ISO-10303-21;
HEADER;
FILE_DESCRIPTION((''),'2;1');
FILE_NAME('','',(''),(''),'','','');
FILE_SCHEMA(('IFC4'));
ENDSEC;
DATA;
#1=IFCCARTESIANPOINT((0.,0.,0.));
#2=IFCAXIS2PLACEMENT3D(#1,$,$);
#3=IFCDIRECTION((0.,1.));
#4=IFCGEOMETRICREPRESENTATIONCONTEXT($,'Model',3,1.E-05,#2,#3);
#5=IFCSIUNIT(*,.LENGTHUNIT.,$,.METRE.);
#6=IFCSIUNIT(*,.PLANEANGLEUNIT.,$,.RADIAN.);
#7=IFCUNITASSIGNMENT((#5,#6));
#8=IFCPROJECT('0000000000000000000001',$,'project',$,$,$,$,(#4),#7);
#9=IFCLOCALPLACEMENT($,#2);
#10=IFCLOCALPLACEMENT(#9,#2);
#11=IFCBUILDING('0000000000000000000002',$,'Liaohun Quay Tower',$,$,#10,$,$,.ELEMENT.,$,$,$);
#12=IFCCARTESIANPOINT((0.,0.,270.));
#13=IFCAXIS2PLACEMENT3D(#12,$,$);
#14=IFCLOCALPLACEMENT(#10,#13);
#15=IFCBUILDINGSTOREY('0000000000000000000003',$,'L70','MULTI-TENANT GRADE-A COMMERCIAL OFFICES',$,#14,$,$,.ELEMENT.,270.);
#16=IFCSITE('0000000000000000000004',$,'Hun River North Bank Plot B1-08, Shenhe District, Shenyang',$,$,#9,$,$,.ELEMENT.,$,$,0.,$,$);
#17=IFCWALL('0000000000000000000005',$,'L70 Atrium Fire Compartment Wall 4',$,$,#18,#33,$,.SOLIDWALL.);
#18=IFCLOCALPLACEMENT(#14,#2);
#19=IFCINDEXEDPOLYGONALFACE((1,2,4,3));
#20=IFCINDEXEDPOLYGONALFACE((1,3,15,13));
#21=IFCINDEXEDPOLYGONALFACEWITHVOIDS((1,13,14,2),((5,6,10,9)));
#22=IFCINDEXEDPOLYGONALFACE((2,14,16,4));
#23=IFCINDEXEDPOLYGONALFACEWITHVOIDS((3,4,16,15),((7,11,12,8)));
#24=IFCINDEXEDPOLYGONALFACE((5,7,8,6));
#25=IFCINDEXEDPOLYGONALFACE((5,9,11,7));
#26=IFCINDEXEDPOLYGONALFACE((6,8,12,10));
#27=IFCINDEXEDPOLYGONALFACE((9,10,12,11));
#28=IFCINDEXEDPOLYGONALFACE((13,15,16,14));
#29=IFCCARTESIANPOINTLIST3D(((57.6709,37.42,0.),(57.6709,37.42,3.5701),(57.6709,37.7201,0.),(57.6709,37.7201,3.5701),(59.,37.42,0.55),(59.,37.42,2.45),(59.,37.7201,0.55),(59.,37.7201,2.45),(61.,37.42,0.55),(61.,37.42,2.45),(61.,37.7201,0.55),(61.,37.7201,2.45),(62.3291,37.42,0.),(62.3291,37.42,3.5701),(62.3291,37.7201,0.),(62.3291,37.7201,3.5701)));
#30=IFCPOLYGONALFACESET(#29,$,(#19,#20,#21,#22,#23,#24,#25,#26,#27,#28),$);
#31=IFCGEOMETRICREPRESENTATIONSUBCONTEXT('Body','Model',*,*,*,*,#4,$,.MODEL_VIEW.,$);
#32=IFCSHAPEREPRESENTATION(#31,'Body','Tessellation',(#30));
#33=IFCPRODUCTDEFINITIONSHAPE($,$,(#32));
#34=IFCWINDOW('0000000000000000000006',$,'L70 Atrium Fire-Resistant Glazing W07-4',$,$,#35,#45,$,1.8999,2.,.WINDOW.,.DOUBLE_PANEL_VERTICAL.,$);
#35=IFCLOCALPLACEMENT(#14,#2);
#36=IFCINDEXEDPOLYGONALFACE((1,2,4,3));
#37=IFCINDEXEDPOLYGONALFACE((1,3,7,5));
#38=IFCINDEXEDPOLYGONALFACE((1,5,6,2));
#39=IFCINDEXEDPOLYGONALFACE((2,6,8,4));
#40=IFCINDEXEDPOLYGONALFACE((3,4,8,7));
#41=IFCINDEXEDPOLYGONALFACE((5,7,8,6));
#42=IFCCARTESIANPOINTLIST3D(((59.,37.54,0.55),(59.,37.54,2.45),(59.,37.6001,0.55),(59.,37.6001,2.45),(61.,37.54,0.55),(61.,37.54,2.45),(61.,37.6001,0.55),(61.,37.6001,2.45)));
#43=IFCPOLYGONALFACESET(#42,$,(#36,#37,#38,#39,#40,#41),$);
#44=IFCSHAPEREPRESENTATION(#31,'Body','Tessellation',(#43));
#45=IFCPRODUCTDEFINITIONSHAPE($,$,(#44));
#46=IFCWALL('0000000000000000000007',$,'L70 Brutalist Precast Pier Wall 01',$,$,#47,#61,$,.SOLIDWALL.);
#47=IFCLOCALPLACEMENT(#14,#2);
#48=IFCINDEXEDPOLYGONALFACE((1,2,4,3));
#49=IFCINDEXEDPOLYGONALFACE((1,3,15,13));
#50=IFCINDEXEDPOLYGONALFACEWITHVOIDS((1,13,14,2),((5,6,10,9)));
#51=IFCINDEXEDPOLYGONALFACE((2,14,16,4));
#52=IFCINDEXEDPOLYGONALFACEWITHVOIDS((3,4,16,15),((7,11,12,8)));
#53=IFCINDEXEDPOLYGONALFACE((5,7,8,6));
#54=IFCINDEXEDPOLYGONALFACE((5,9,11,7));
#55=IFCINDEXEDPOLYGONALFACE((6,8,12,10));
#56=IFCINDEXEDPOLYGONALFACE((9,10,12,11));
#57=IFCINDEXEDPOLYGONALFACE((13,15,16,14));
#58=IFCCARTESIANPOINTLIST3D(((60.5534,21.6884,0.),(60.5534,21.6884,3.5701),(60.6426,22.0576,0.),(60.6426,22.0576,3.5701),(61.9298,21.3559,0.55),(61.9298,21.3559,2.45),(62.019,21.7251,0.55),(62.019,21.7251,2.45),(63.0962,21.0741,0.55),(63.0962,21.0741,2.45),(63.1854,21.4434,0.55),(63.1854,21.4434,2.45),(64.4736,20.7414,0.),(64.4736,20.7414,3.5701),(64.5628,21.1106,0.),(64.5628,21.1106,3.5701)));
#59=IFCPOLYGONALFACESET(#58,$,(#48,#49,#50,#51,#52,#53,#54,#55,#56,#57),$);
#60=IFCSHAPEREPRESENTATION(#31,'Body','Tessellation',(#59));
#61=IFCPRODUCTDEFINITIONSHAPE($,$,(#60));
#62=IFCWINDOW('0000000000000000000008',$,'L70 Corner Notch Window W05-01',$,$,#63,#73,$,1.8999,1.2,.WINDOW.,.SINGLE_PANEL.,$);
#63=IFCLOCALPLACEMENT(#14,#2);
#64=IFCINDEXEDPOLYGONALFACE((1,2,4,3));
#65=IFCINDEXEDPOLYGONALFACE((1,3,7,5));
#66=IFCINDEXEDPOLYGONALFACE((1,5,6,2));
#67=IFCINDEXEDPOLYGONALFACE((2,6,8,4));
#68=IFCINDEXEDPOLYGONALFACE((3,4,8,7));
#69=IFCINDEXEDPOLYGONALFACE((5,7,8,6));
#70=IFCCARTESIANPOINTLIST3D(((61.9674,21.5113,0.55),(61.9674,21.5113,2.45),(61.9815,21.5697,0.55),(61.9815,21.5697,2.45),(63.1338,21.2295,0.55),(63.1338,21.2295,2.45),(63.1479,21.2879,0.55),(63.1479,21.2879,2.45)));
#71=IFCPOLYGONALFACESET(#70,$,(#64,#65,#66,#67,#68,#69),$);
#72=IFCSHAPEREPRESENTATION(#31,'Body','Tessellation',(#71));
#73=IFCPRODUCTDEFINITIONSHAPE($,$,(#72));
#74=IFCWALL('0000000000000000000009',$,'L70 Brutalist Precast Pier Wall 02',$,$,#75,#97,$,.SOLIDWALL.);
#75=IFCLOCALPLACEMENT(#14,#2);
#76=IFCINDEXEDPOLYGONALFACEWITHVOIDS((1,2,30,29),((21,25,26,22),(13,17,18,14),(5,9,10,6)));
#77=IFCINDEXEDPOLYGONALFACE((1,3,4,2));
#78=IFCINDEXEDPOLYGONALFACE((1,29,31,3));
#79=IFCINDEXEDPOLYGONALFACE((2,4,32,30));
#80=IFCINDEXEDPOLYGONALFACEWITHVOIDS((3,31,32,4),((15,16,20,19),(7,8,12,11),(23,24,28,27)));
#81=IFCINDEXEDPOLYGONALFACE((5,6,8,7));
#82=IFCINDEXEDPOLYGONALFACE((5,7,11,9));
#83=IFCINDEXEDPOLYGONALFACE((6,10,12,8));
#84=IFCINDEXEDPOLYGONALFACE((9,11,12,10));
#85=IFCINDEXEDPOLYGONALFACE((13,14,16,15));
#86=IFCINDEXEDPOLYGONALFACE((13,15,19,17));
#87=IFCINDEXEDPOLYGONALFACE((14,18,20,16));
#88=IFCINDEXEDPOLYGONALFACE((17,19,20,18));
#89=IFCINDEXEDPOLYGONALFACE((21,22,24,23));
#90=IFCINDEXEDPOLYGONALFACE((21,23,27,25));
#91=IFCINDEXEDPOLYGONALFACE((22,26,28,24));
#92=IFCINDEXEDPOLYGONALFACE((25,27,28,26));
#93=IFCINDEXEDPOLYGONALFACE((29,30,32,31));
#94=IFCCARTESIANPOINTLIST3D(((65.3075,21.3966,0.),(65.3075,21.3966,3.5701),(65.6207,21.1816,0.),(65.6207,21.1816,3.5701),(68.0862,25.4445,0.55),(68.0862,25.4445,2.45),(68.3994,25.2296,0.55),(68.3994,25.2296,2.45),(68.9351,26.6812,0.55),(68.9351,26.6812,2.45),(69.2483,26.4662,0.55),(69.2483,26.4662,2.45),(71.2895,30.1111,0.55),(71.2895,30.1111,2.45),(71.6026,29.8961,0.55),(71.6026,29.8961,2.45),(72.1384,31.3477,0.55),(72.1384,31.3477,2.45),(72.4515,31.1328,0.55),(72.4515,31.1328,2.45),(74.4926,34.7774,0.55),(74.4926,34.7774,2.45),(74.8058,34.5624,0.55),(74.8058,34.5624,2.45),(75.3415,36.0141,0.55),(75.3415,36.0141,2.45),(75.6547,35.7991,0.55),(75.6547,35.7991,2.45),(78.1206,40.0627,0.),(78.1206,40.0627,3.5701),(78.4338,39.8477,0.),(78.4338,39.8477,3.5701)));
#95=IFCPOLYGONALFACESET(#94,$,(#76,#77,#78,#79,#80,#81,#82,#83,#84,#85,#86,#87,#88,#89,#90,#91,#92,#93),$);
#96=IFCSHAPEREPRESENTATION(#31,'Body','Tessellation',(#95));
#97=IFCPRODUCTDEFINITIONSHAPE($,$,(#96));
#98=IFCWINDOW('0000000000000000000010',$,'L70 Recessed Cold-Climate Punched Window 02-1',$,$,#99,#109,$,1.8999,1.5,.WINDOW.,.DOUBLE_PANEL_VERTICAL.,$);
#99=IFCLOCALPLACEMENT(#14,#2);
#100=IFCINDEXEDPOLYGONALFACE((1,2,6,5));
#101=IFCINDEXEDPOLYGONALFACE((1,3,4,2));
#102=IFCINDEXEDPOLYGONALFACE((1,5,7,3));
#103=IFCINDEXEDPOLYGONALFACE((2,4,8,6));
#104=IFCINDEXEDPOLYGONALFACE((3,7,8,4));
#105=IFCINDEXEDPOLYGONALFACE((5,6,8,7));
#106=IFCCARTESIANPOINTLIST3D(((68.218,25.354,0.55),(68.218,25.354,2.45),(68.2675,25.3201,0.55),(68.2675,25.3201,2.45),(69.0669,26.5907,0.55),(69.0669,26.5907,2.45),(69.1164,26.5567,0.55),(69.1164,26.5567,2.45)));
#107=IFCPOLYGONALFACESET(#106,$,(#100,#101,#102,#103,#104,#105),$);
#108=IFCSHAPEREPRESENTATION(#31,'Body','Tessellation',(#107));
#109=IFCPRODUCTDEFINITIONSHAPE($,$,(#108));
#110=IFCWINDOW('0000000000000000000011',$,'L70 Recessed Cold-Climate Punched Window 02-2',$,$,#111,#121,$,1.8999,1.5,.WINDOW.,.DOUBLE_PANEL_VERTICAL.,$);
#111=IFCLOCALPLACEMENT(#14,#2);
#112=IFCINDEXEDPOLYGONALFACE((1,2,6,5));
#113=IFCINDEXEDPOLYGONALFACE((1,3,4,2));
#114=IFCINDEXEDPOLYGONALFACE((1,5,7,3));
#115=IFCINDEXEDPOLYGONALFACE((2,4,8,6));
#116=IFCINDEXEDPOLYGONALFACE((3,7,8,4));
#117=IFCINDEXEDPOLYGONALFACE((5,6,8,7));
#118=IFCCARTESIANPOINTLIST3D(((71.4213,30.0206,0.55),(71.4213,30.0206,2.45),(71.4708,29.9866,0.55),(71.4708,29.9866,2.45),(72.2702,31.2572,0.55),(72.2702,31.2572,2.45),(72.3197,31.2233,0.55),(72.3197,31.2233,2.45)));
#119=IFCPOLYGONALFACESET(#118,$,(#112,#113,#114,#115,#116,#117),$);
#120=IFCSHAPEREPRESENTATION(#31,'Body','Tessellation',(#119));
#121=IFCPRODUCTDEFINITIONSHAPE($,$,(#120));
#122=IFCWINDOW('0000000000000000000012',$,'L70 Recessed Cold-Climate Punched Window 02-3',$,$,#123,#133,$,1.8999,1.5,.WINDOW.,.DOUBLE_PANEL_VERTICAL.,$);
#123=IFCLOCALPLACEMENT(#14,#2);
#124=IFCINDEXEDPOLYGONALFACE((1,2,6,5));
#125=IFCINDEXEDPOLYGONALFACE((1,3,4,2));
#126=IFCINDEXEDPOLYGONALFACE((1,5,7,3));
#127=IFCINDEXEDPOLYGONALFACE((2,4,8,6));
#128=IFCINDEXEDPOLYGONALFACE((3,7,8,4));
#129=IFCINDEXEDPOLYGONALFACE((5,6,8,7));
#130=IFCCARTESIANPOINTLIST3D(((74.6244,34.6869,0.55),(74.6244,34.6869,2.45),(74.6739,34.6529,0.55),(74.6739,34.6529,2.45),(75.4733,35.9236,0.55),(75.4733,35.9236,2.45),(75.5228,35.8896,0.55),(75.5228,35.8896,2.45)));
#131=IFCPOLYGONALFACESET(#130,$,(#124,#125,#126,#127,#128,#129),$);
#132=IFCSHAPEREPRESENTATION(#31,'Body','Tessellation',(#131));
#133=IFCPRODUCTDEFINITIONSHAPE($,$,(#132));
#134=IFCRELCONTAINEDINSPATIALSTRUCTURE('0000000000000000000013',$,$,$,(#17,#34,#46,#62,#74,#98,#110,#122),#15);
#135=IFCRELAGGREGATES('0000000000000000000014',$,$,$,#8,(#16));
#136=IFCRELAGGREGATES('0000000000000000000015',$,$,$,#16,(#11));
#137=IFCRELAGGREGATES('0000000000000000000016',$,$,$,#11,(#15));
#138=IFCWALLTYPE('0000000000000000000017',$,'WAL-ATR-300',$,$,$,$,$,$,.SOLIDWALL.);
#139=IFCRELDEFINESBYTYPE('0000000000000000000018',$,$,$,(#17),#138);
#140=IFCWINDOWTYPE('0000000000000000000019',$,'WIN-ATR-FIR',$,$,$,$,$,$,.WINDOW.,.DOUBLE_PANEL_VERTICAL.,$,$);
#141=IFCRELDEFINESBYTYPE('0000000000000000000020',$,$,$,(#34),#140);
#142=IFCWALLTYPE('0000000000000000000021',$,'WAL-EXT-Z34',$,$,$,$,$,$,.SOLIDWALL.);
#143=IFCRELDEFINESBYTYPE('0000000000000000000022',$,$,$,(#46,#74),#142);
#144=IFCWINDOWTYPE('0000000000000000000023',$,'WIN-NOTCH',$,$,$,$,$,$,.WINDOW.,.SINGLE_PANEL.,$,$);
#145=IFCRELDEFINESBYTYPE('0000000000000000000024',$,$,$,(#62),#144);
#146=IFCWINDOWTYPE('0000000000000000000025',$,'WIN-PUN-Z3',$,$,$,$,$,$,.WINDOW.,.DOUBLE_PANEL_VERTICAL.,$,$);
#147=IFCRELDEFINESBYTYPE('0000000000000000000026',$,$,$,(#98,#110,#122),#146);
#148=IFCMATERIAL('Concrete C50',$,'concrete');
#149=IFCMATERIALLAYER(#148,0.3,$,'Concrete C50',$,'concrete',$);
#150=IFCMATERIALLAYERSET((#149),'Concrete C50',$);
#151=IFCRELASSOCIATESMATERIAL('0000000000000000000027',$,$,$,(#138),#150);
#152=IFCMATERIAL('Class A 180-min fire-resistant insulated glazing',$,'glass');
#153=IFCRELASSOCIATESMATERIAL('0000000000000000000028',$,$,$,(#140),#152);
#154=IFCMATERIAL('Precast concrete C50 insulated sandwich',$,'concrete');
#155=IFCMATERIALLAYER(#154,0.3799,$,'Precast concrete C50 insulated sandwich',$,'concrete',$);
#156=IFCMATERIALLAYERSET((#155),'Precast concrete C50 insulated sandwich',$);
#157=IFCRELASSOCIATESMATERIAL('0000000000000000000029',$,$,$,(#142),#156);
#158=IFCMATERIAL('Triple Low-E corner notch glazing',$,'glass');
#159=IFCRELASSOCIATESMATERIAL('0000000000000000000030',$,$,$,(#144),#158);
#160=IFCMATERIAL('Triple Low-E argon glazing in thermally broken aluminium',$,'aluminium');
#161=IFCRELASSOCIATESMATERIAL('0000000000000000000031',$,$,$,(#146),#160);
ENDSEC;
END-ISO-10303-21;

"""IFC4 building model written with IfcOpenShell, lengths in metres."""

from ifc_helpers import new_model, si_unit, direction, frame, frame_2d, origin, place, context, subcontext, project, spatial, rectangle, extrude, source, transform, mapped, material, layer, layer_set, type_object, element, fill, save


model = new_model("IFC4")

# Units and contexts
model_context = context("Model", 3, precision=1e-05, world=origin(), true_north=direction((0.0, 1.0)))
body_context = subcontext(model_context, "Body", "Model", "MODEL_VIEW")
ifc_project = project(units=[si_unit("LENGTHUNIT", "METRE"), si_unit("PLANEANGLEUNIT", "RADIAN")], contexts=[model_context])

# Site, building, storey
site_placement = place(None, origin())
site = spatial("IfcSite", under=ifc_project, at=site_placement, Name="Hun River North Bank Plot B1-08, Shenhe District, Shenyang", CompositionType="ELEMENT", RefElevation=0.0)
building_placement = place(site_placement, origin())
building = spatial("IfcBuilding", under=site, at=building_placement, Name="Liaohun Quay Tower", CompositionType="ELEMENT")
storey_placement = place(building_placement, frame((0.0, 0.0, 270.0)))
storey = spatial("IfcBuildingStorey", under=building, at=storey_placement, Name="L70", Description="MULTI-TENANT GRADE-A COMMERCIAL OFFICES", CompositionType="ELEMENT", Elevation=270.0)

# Walls, openings, windows
ifc_material_1 = material(Name="Concrete C50", Category="concrete")
ifc_layer_1 = layer(ifc_material_1, 0.3, Name="Concrete C50", Category="concrete")
ifc_layer_set_1 = layer_set([ifc_layer_1], Name="Concrete C50")
wall_type_1 = type_object("IfcWallType", Name="WAL-ATR-300", PredefinedType="SOLIDWALL", material=ifc_layer_set_1)
shared_shape_1 = source(origin(), body_context, "Body", "SweptSolid", [
    extrude(rectangle(XDim=2.0, YDim=1.8999, at=frame_2d((1.0, 0.95))), frame((0.0, 0.1599, 0.0), z_axis=(0.0, -1.0, 0.0), x_axis=(1.0, 0.0, 0.0)), (0.0, 0.0, 1.0), 0.3201),
])
ifc_material_2 = material(Name="Class A 180-min fire-resistant insulated glazing", Category="glass")
window_type_1 = type_object("IfcWindowType", Name="WIN-ATR-FIR", PartitioningType="DOUBLE_PANEL_VERTICAL", PredefinedType="WINDOW", material=ifc_material_2)
shared_shape_2 = source(origin(), body_context, "Body", "SweptSolid", [
    extrude(rectangle(XDim=2.0, YDim=1.8999, at=frame_2d((1.0, 0.95))), frame((0.0, 0.03, 0.0), z_axis=(0.0, -1.0, 0.0), x_axis=(1.0, 0.0, 0.0)), (0.0, 0.0, 1.0), 0.0601),
])
wall_1_placement = place(storey_placement, frame((62.3291, 37.5701, 0.0), z_axis=(0.0, 0.0, 1.0), x_axis=(-1.0, 0.0, 0.0)))
wall_1 = element("IfcWall", 1, at=wall_1_placement, inside=storey, type_object=wall_type_1, Name="L70 Atrium Fire Compartment Wall 4", PredefinedType="SOLIDWALL", context=body_context, shape_type="SweptSolid", body=[
    extrude(rectangle(XDim=4.6582, YDim=0.3, at=frame_2d((2.3291, 0.0))), origin(), (0.0, 0.0, 1.0), 3.5701),
])
opening_1_placement = place(wall_1_placement, frame((1.3291, 0.0, 0.55)))
opening_1 = element("IfcOpeningElement", 2, at=opening_1_placement, cuts=wall_1, PredefinedType="OPENING", context=body_context, shape_type="MappedRepresentation", body=[
    mapped(shared_shape_1, transform((0.0, 0.0, 0.0), x_axis=(1.0, 0.0, 0.0), y_axis=(0.0, 1.0, 0.0), z_axis=(0.0, 0.0, 1.0), scale=1.0)),
])
window_1_placement = place(opening_1_placement, origin())
window_1 = element("IfcWindow", 3, at=window_1_placement, inside=storey, type_object=window_type_1, Name="L70 Atrium Fire-Resistant Glazing W07-4", OverallHeight=1.8999, OverallWidth=2.0, PartitioningType="DOUBLE_PANEL_VERTICAL", PredefinedType="WINDOW", context=body_context, shape_type="MappedRepresentation", body=[
    mapped(shared_shape_2, transform((0.0, 0.0, 0.0), x_axis=(1.0, 0.0, 0.0), y_axis=(0.0, 1.0, 0.0), z_axis=(0.0, 0.0, 1.0), scale=1.0)),
])
fill(opening_1, window_1)
ifc_material_3 = material(Name="Precast concrete C50 insulated sandwich", Category="concrete")
ifc_layer_2 = layer(ifc_material_3, 0.3799, Name="Precast concrete C50 insulated sandwich", Category="concrete")
ifc_layer_set_2 = layer_set([ifc_layer_2], Name="Precast concrete C50 insulated sandwich")
wall_type_2 = type_object("IfcWallType", Name="WAL-EXT-Z34", PredefinedType="SOLIDWALL", material=ifc_layer_set_2)
wall_2_placement = place(storey_placement, frame((60.5979, 21.873, 0.0), z_axis=(0.0, 0.0, 1.0), x_axis=(0.972038, -0.234822, 0.0)))
wall_2 = element("IfcWall", 4, at=wall_2_placement, inside=storey, type_object=wall_type_2, Name="L70 Brutalist Precast Pier Wall 01", PredefinedType="SOLIDWALL", context=body_context, shape_type="SweptSolid", body=[
    extrude(rectangle(XDim=4.033, YDim=0.3799, at=frame_2d((2.0166, 0.0))), origin(), (0.0, 0.0, 1.0), 3.5701),
])
shared_shape_3 = source(origin(), body_context, "Body", "SweptSolid", [
    extrude(rectangle(XDim=1.2, YDim=1.8999, at=frame_2d((0.6001, 0.95))), frame((0.0, 0.2, 0.0), z_axis=(0.0, -1.0, 0.0), x_axis=(1.0, 0.0, 0.0)), (0.0, 0.0, 1.0), 0.3999),
])
opening_2_placement = place(wall_2_placement, frame((1.416, 0.0, 0.55)))
opening_2 = element("IfcOpeningElement", 5, at=opening_2_placement, cuts=wall_2, PredefinedType="OPENING", context=body_context, shape_type="MappedRepresentation", body=[
    mapped(shared_shape_3, transform((0.0, 0.0, 0.0), x_axis=(1.0, 0.0, 0.0), y_axis=(0.0, 1.0, 0.0), z_axis=(0.0, 0.0, 1.0), scale=1.0)),
])
ifc_material_4 = material(Name="Triple Low-E corner notch glazing", Category="glass")
window_type_2 = type_object("IfcWindowType", Name="WIN-NOTCH", PartitioningType="SINGLE_PANEL", PredefinedType="WINDOW", material=ifc_material_4)
shared_shape_4 = source(origin(), body_context, "Body", "SweptSolid", [
    extrude(rectangle(XDim=1.2, YDim=1.8999, at=frame_2d((0.6001, 0.95))), frame((0.0, 0.03, 0.0), z_axis=(0.0, -1.0, 0.0), x_axis=(1.0, 0.0, 0.0)), (0.0, 0.0, 1.0), 0.0601),
])
window_2_placement = place(opening_2_placement, origin())
window_2 = element("IfcWindow", 6, at=window_2_placement, inside=storey, type_object=window_type_2, Name="L70 Corner Notch Window W05-01", OverallHeight=1.8999, OverallWidth=1.2, PartitioningType="SINGLE_PANEL", PredefinedType="WINDOW", context=body_context, shape_type="MappedRepresentation", body=[
    mapped(shared_shape_4, transform((0.0, 0.0, 0.0), x_axis=(1.0, 0.0, 0.0), y_axis=(0.0, 1.0, 0.0), z_axis=(0.0, 0.0, 1.0), scale=1.0)),
])
fill(opening_2, window_2)

# Wall, openings, windows
wall_3_placement = place(storey_placement, frame((65.4641, 21.2891, 0.0), z_axis=(0.0, 0.0, 1.0), x_axis=(0.565932, 0.824452, 0.0)))
wall_3 = element("IfcWall", 7, at=wall_3_placement, inside=storey, type_object=wall_type_2, Name="L70 Brutalist Precast Pier Wall 02", PredefinedType="SOLIDWALL", context=body_context, shape_type="SweptSolid", body=[
    extrude(rectangle(XDim=22.6406, YDim=0.3799, at=frame_2d((11.3203, 0.0))), origin(), (0.0, 0.0, 1.0), 3.5701),
])
shared_shape_5 = source(origin(), body_context, "Body", "SweptSolid", [
    extrude(rectangle(XDim=1.5, YDim=1.8999, at=frame_2d((0.75, 0.95))), frame((0.0, 0.2, 0.0), z_axis=(0.0, -1.0, 0.0), x_axis=(1.0, 0.0, 0.0)), (0.0, 0.0, 1.0), 0.3999),
])
opening_3_placement = place(wall_3_placement, frame((4.9099, 0.0, 0.55)))
opening_3 = element("IfcOpeningElement", 8, at=opening_3_placement, cuts=wall_3, PredefinedType="OPENING", context=body_context, shape_type="MappedRepresentation", body=[
    mapped(shared_shape_5, transform((0.0, 0.0, 0.0), x_axis=(1.0, 0.0, 0.0), y_axis=(0.0, 1.0, 0.0), z_axis=(0.0, 0.0, 1.0), scale=1.0)),
])
opening_4_placement = place(wall_3_placement, frame((10.5701, 0.0, 0.55)))
opening_4 = element("IfcOpeningElement", 9, at=opening_4_placement, cuts=wall_3, PredefinedType="OPENING", context=body_context, shape_type="MappedRepresentation", body=[
    mapped(shared_shape_5, transform((0.0, 0.0, 0.0), x_axis=(1.0, 0.0, 0.0), y_axis=(0.0, 1.0, 0.0), z_axis=(0.0, 0.0, 1.0), scale=1.0)),
])
opening_5_placement = place(wall_3_placement, frame((16.23, 0.0, 0.55)))
opening_5 = element("IfcOpeningElement", 10, at=opening_5_placement, cuts=wall_3, PredefinedType="OPENING", context=body_context, shape_type="MappedRepresentation", body=[
    mapped(shared_shape_5, transform((0.0, 0.0, 0.0), x_axis=(1.0, 0.0, 0.0), y_axis=(0.0, 1.0, 0.0), z_axis=(0.0, 0.0, 1.0), scale=1.0)),
])
ifc_material_5 = material(Name="Triple Low-E argon glazing in thermally broken aluminium", Category="aluminium")
window_type_3 = type_object("IfcWindowType", Name="WIN-PUN-Z3", PartitioningType="DOUBLE_PANEL_VERTICAL", PredefinedType="WINDOW", material=ifc_material_5)
shared_shape_6 = source(origin(), body_context, "Body", "SweptSolid", [
    extrude(rectangle(XDim=1.5, YDim=1.8999, at=frame_2d((0.75, 0.95))), frame((0.0, 0.03, 0.0), z_axis=(0.0, -1.0, 0.0), x_axis=(1.0, 0.0, 0.0)), (0.0, 0.0, 1.0), 0.0601),
])
window_3_placement = place(opening_3_placement, origin())
window_3 = element("IfcWindow", 11, at=window_3_placement, inside=storey, type_object=window_type_3, Name="L70 Recessed Cold-Climate Punched Window 02-1", OverallHeight=1.8999, OverallWidth=1.5, PartitioningType="DOUBLE_PANEL_VERTICAL", PredefinedType="WINDOW", context=body_context, shape_type="MappedRepresentation", body=[
    mapped(shared_shape_6, transform((0.0, 0.0, 0.0), x_axis=(1.0, 0.0, 0.0), y_axis=(0.0, 1.0, 0.0), z_axis=(0.0, 0.0, 1.0), scale=1.0)),
])
fill(opening_3, window_3)
window_4_placement = place(opening_4_placement, origin())
window_4 = element("IfcWindow", 12, at=window_4_placement, inside=storey, type_object=window_type_3, Name="L70 Recessed Cold-Climate Punched Window 02-2", OverallHeight=1.8999, OverallWidth=1.5, PartitioningType="DOUBLE_PANEL_VERTICAL", PredefinedType="WINDOW", context=body_context, shape_type="MappedRepresentation", body=[
    mapped(shared_shape_6, transform((0.0, 0.0, 0.0), x_axis=(1.0, 0.0, 0.0), y_axis=(0.0, 1.0, 0.0), z_axis=(0.0, 0.0, 1.0), scale=1.0)),
])
fill(opening_4, window_4)
window_5_placement = place(opening_5_placement, origin())
window_5 = element("IfcWindow", 13, at=window_5_placement, inside=storey, type_object=window_type_3, Name="L70 Recessed Cold-Climate Punched Window 02-3", OverallHeight=1.8999, OverallWidth=1.5, PartitioningType="DOUBLE_PANEL_VERTICAL", PredefinedType="WINDOW", context=body_context, shape_type="MappedRepresentation", body=[
    mapped(shared_shape_6, transform((0.0, 0.0, 0.0), x_axis=(1.0, 0.0, 0.0), y_axis=(0.0, 1.0, 0.0), z_axis=(0.0, 0.0, 1.0), scale=1.0)),
])
fill(opening_5, window_5)

save(model, "model.ifc")
